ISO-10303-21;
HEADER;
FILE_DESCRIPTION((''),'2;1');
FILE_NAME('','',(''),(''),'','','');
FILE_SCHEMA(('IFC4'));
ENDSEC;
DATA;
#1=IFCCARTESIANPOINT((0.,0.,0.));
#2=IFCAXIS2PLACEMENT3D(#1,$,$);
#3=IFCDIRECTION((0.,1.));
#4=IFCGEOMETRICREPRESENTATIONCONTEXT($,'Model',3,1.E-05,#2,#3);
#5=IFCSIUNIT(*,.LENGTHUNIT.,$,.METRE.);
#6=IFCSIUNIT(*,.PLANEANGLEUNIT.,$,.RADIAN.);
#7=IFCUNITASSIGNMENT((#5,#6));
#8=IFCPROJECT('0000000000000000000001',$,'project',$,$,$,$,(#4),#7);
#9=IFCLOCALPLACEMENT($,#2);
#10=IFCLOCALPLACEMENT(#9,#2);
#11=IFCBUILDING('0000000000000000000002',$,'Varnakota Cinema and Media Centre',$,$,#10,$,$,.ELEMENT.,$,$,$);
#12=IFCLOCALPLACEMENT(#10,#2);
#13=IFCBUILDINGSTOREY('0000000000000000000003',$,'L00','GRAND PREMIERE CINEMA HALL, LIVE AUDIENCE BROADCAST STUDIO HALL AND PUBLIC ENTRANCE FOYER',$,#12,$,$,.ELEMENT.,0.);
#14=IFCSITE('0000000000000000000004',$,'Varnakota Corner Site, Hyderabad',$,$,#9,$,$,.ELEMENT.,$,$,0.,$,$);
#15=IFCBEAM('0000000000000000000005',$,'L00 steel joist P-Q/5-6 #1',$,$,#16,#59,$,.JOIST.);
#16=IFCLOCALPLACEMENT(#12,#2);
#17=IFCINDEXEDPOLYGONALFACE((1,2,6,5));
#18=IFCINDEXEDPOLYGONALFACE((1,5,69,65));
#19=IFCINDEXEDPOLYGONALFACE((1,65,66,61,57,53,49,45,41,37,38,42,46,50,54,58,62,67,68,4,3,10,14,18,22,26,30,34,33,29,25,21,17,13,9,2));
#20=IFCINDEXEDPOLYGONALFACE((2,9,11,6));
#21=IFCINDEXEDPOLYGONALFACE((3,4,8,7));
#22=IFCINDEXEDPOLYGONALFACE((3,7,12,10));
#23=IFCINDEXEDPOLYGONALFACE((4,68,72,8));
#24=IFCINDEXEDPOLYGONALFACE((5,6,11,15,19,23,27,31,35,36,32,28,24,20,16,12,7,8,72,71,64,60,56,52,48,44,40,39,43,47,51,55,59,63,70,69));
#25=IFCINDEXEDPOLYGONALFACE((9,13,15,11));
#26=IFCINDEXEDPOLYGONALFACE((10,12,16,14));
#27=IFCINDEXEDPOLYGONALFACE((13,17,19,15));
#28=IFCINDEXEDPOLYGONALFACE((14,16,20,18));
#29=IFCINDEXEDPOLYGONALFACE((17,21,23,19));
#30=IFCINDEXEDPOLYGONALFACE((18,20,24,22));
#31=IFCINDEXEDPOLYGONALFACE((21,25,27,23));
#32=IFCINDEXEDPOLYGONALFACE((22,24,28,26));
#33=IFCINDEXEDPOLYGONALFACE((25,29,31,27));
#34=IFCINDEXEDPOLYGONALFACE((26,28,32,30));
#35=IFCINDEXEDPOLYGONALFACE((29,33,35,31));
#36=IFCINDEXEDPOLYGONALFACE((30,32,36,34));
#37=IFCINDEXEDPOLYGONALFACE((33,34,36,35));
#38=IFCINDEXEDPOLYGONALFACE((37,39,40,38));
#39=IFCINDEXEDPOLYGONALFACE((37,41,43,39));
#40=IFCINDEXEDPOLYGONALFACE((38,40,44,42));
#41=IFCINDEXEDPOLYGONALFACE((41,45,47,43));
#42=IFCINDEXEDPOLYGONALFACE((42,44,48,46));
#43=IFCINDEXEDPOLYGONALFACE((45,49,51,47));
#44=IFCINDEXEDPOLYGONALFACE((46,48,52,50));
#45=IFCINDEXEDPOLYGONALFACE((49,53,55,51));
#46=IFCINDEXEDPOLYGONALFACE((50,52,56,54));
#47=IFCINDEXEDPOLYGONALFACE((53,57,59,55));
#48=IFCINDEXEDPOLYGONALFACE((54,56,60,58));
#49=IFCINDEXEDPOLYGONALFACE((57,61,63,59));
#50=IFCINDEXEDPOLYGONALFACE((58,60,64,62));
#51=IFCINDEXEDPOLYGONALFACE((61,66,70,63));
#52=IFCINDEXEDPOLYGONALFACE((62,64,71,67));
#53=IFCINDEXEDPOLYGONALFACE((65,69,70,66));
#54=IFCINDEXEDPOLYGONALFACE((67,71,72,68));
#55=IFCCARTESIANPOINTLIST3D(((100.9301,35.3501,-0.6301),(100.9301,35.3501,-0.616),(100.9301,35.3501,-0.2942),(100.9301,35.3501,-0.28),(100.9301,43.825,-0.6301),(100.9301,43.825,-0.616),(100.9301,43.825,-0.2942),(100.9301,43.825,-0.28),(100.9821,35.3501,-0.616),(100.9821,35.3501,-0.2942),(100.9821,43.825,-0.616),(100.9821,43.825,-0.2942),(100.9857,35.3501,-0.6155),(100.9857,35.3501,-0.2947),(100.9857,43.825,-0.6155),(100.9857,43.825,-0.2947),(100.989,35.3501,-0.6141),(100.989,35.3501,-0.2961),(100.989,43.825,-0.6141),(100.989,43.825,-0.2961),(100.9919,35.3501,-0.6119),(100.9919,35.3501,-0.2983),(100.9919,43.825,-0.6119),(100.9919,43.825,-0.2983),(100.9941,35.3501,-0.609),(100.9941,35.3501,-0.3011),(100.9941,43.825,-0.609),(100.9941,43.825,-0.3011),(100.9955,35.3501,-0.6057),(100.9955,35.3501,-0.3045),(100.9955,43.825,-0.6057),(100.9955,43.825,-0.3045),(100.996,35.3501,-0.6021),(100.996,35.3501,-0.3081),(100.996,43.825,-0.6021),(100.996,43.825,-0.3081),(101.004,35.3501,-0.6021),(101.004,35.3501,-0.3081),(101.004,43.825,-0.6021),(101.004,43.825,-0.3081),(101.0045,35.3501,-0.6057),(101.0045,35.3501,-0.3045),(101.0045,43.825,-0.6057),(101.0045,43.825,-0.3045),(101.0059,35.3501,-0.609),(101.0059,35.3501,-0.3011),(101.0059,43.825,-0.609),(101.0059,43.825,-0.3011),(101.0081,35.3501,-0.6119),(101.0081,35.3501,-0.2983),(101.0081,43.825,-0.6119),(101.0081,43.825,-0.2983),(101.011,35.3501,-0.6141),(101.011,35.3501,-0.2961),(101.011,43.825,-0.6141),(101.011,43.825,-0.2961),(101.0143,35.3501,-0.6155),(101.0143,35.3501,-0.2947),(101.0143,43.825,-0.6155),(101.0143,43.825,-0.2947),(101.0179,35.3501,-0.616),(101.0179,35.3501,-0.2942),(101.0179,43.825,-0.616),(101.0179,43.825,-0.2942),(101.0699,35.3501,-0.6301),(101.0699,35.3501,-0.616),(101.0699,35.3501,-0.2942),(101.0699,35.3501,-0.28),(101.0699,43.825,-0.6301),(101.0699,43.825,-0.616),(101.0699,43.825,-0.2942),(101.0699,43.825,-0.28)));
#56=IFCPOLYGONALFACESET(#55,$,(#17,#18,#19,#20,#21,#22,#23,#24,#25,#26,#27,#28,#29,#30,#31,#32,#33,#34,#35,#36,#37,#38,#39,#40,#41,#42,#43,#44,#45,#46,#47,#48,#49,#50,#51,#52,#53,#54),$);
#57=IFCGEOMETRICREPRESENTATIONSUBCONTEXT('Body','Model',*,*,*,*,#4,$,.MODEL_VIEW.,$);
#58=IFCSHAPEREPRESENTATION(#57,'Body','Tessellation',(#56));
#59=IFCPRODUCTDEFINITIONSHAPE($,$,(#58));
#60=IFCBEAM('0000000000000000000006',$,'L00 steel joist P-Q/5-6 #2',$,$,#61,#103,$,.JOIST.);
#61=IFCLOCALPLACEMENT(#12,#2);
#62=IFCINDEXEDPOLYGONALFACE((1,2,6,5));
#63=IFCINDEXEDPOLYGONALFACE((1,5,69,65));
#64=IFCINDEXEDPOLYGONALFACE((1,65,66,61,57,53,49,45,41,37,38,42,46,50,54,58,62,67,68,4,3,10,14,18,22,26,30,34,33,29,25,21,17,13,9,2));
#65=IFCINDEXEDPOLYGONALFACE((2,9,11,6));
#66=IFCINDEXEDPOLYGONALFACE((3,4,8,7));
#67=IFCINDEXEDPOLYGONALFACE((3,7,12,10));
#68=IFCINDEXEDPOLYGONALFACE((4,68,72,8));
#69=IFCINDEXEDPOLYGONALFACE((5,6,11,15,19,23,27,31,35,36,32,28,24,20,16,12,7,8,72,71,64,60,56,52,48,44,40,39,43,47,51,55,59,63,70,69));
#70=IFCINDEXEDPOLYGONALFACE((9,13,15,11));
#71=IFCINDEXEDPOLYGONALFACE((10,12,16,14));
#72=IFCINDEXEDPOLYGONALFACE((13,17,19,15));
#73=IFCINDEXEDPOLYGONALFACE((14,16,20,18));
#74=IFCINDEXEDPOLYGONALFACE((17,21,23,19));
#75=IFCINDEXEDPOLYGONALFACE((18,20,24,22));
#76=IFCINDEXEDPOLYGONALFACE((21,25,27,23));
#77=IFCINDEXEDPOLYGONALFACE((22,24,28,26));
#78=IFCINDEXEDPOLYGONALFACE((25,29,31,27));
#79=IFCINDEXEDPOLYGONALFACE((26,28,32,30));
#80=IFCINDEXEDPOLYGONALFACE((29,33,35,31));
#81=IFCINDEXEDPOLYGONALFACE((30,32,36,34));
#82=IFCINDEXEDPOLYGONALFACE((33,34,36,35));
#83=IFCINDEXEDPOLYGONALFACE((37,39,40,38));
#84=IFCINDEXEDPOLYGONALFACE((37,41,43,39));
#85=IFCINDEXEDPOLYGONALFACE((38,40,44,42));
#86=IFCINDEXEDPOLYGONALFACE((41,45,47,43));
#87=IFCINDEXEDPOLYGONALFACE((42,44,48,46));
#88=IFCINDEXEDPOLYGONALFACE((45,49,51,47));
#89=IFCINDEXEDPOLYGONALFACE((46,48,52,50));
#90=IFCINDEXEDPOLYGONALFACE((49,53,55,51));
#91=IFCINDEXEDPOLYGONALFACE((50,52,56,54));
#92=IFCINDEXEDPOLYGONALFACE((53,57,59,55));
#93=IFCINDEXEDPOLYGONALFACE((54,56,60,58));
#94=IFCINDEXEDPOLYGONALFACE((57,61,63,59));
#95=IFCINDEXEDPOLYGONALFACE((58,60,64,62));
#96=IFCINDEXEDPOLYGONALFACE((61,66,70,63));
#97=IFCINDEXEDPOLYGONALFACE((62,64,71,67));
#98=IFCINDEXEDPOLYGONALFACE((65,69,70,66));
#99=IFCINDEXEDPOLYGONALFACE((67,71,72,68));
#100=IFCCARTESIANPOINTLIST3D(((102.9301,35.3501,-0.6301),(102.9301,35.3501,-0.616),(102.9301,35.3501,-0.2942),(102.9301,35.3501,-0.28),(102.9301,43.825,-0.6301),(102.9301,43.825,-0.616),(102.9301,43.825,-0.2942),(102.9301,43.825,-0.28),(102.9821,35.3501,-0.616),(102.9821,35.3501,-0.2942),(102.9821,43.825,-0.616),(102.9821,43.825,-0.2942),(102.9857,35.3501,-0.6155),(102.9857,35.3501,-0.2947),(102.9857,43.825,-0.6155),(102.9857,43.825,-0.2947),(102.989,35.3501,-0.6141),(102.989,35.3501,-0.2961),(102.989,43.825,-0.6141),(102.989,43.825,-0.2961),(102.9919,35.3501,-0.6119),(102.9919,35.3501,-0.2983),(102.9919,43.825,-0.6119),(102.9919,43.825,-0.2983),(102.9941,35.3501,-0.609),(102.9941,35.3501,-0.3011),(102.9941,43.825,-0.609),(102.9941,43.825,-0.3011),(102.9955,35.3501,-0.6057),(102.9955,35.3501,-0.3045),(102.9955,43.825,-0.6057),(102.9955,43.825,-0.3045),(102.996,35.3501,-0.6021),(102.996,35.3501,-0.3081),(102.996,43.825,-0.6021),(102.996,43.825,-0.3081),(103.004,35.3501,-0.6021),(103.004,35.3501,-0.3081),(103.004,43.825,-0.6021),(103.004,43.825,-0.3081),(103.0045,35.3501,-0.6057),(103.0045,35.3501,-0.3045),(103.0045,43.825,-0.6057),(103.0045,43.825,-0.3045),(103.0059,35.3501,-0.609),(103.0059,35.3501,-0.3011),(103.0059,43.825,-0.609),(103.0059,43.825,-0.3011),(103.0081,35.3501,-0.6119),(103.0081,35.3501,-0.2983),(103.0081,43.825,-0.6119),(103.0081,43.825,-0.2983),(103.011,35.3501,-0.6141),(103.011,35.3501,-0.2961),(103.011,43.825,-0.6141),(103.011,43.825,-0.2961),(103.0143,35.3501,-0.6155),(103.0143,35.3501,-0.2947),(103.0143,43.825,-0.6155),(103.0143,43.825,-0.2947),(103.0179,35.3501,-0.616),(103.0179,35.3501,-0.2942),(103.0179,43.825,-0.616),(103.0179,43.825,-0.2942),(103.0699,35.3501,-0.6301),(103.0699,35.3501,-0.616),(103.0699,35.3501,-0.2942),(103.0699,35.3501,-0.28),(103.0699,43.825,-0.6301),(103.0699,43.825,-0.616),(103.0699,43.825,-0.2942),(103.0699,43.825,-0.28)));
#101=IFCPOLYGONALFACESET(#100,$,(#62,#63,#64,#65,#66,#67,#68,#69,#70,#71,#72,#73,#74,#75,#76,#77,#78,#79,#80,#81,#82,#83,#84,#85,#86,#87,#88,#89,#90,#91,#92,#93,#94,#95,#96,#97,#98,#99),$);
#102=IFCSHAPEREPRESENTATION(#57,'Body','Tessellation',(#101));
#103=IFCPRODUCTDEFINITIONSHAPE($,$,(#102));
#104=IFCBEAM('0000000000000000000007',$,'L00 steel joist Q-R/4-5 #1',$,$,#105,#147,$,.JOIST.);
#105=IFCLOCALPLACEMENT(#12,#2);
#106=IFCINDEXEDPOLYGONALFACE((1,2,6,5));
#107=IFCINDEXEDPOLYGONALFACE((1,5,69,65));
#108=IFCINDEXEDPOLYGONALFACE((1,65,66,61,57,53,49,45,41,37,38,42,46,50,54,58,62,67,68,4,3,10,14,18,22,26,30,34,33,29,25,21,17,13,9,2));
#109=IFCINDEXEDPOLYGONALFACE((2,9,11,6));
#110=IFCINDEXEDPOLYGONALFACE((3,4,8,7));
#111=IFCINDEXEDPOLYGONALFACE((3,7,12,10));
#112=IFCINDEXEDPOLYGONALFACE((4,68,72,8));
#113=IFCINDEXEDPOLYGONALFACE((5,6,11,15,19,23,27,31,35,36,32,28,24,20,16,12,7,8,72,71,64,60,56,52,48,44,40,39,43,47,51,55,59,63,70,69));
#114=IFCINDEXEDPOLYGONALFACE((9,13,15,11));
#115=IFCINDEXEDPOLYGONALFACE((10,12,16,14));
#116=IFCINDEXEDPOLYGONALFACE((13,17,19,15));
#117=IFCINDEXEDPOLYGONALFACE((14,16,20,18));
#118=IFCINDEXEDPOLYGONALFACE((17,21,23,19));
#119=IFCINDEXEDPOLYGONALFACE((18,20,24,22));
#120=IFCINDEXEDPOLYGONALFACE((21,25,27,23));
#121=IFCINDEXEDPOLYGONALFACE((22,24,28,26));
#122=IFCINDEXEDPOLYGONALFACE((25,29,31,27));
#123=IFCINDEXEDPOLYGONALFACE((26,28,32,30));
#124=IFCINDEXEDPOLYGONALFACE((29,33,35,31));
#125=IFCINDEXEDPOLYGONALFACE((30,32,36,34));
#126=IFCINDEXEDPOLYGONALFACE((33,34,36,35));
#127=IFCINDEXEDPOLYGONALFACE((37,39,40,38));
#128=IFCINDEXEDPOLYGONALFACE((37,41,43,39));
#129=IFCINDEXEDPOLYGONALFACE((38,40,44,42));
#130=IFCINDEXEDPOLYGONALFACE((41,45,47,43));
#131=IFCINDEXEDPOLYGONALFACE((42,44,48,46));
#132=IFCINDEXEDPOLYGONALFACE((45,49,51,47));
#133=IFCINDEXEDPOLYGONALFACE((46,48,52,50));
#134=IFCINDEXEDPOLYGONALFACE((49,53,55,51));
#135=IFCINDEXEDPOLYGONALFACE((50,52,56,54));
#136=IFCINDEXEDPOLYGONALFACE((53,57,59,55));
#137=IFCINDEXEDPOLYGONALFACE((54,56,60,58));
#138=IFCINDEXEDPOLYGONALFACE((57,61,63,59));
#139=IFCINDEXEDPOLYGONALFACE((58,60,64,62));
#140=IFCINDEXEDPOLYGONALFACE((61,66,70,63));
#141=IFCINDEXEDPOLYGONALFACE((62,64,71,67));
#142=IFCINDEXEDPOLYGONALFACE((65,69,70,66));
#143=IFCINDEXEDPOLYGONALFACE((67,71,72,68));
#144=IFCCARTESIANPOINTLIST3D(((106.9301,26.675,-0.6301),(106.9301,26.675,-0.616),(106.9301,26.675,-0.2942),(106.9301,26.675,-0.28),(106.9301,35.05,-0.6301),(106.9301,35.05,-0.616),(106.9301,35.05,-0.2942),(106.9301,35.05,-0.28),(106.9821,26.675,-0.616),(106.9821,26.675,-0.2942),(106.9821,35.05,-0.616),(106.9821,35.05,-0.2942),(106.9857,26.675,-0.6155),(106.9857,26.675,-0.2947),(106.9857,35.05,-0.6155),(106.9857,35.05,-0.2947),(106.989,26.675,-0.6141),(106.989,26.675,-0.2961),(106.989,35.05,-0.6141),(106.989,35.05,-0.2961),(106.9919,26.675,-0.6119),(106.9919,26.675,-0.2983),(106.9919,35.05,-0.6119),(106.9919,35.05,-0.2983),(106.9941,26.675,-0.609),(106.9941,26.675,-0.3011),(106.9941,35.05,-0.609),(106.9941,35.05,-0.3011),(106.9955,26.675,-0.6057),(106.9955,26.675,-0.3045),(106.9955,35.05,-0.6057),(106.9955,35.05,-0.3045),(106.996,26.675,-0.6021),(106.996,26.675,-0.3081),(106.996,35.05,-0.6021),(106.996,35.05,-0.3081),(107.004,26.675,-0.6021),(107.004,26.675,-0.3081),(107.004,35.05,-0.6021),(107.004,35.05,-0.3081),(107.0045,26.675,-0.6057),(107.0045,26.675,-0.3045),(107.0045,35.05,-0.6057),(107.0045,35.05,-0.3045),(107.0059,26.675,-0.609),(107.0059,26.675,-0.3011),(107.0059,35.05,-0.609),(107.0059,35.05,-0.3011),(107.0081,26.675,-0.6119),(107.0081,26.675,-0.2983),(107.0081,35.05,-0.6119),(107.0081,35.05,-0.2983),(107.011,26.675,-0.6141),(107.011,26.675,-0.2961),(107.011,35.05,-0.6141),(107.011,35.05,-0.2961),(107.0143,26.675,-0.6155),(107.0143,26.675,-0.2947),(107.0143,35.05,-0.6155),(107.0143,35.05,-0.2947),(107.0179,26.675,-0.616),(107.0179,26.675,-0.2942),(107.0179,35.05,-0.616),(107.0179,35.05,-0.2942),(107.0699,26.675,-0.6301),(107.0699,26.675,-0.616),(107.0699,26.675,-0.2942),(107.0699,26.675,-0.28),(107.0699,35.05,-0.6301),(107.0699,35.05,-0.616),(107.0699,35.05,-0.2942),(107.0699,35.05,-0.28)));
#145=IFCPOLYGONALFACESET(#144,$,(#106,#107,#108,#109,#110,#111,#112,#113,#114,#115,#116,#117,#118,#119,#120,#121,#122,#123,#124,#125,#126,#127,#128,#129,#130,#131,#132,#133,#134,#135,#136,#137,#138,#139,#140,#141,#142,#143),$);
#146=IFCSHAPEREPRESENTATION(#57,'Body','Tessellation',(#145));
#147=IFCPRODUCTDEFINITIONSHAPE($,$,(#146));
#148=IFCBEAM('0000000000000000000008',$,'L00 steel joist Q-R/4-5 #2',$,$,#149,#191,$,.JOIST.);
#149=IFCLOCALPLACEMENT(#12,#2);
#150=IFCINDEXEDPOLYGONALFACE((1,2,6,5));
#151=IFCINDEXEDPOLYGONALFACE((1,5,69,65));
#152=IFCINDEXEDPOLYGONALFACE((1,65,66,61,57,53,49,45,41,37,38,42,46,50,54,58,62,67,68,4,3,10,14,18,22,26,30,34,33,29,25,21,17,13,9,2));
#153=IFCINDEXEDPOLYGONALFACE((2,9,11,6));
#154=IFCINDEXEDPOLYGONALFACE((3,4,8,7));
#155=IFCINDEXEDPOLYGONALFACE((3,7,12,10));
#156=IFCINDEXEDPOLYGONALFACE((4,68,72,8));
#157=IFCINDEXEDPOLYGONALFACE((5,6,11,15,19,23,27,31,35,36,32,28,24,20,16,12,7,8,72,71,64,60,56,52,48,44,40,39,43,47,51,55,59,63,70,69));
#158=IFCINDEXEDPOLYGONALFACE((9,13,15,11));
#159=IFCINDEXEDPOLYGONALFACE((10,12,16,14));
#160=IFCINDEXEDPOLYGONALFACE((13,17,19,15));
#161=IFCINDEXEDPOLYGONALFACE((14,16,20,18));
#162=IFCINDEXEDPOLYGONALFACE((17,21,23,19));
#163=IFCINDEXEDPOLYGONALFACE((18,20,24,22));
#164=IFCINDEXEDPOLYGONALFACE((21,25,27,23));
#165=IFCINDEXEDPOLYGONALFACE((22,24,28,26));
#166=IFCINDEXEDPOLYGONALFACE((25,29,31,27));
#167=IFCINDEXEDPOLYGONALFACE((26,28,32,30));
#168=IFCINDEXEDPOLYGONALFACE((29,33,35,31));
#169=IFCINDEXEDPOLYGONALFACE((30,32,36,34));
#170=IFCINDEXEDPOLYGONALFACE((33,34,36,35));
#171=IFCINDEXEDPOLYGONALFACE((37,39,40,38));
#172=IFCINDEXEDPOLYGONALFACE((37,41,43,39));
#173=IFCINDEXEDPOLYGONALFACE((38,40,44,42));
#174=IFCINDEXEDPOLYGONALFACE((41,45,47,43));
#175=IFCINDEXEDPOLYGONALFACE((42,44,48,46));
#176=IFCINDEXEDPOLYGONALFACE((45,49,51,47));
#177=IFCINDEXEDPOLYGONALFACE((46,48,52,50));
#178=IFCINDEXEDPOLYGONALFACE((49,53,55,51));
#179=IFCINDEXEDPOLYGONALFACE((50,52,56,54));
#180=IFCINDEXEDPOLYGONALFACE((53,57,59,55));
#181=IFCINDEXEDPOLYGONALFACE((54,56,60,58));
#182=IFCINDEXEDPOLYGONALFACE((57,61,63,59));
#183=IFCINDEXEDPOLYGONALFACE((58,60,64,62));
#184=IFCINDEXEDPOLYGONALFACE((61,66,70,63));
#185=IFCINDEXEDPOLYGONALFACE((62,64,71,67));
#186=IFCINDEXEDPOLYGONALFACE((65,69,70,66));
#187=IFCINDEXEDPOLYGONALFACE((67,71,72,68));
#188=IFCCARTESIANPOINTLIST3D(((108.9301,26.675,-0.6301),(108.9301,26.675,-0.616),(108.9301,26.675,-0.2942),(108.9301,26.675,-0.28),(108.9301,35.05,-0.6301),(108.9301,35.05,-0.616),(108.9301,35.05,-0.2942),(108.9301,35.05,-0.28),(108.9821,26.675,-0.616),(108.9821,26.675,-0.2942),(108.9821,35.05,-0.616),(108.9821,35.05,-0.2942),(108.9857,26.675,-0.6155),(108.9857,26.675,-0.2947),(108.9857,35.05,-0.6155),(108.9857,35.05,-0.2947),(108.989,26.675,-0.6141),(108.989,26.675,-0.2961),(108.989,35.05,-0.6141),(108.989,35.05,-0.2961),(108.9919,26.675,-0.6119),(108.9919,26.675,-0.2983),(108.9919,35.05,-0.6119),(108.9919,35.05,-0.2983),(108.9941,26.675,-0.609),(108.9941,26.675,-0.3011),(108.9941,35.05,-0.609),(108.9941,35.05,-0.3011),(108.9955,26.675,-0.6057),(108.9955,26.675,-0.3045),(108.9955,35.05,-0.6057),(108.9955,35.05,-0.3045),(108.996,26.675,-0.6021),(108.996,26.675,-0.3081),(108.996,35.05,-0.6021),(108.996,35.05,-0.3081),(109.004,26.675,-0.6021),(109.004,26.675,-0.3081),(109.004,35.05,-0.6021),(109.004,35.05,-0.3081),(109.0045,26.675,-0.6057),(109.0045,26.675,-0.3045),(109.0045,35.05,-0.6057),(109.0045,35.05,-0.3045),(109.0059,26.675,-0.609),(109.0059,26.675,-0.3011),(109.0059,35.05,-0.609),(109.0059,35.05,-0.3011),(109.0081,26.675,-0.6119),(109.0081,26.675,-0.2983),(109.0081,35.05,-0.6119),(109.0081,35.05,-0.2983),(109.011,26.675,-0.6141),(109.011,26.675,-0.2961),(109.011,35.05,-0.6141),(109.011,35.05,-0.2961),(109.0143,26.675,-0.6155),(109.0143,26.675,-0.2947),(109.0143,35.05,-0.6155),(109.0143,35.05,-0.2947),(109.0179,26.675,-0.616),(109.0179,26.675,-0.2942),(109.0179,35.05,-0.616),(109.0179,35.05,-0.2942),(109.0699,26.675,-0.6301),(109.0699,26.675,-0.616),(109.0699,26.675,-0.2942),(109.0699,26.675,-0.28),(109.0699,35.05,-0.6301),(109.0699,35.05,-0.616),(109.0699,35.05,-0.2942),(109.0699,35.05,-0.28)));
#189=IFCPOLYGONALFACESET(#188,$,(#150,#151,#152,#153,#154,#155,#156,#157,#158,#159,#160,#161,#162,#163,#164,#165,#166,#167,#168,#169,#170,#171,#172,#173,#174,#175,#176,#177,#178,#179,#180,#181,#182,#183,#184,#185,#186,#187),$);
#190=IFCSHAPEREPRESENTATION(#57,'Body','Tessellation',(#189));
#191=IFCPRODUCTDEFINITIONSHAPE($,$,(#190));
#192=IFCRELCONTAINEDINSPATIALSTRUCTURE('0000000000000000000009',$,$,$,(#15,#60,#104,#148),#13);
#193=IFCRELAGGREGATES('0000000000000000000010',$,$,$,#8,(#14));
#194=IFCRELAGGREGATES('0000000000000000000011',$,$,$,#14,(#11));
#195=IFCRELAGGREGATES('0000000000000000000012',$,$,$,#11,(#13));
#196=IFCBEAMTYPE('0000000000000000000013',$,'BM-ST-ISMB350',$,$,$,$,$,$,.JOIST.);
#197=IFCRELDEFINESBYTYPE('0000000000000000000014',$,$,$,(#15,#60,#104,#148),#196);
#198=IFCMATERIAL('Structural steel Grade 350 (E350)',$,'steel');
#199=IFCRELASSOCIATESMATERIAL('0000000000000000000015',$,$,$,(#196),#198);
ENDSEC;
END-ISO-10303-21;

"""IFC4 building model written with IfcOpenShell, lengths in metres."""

from ifc_helpers import new_model, si_unit, direction, frame, origin, origin_2d, place, context, subcontext, project, spatial, i_section, extrude, material, material_profile, profile_set, type_object, element, save


model = new_model("IFC4")

# Units and contexts
model_context = context("Model", 3, precision=1e-05, world=origin(), true_north=direction((0.0, 1.0)))
body_context = subcontext(model_context, "Body", "Model", "MODEL_VIEW")
ifc_project = project(units=[si_unit("LENGTHUNIT", "METRE"), si_unit("PLANEANGLEUNIT", "RADIAN")], contexts=[model_context])

# Site, building, storey
site_placement = place(None, origin())
site = spatial("IfcSite", under=ifc_project, at=site_placement, Name="Varnakota Corner Site, Hyderabad", CompositionType="ELEMENT", RefElevation=0.0)
building_placement = place(site_placement, origin())
building = spatial("IfcBuilding", under=site, at=building_placement, Name="Varnakota Cinema and Media Centre", CompositionType="ELEMENT")
storey_placement = place(building_placement, origin())
storey = spatial("IfcBuildingStorey", under=building, at=storey_placement, Name="L00", Description="GRAND PREMIERE CINEMA HALL, LIVE AUDIENCE BROADCAST STUDIO HALL AND PUBLIC ENTRANCE FOYER", CompositionType="ELEMENT", Elevation=0.0)

# Beams
ifc_material_1 = material(Name="Structural steel Grade 350 (E350)", Category="steel")
ifc_material_profile_1 = material_profile(ifc_material_1, i_section(OverallWidth=0.1399, OverallDepth=0.3501, WebThickness=0.0081, FlangeThickness=0.0142, FilletRadius=0.0139, at=origin_2d()), Name="ISMB 350")
ifc_profile_set_1 = profile_set([ifc_material_profile_1], Name="Structural steel Grade 350 (E350)")
beam_type_1 = type_object("IfcBeamType", Name="BM-ST-ISMB350", PredefinedType="JOIST", material=ifc_profile_set_1)
for number, where, z_axis, x_axis, name in (
    (1, (101.0, 35.3501, -0.4551), (0.0, 1.0, 0.0), (-1.0, 0.0, 0.0), "L00 steel joist P-Q/5-6 #1"),
    (2, (103.0, 35.3501, -0.4551), (0.0, 1.0, 0.0), (-1.0, 0.0, 0.0), "L00 steel joist P-Q/5-6 #2"),
):
    element("IfcBeam", number, at=place(storey_placement, frame(where, z_axis=z_axis, x_axis=x_axis)), inside=storey, type_object=beam_type_1, Name=name, PredefinedType="JOIST", context=body_context, shape_type="SweptSolid", body=[
        extrude(i_section(OverallWidth=0.1399, OverallDepth=0.3501, WebThickness=0.0081, FlangeThickness=0.0142, FilletRadius=0.0139, at=origin_2d()), origin(), (0.0, 0.0, 1.0), 8.4749),
    ])
for number, where, z_axis, x_axis, name in (
    (3, (107.0, 26.675, -0.4551), (0.0, 1.0, 0.0), (-1.0, 0.0, 0.0), "L00 steel joist Q-R/4-5 #1"),
    (4, (109.0, 26.675, -0.4551), (0.0, 1.0, 0.0), (-1.0, 0.0, 0.0), "L00 steel joist Q-R/4-5 #2"),
):
    element("IfcBeam", number, at=place(storey_placement, frame(where, z_axis=z_axis, x_axis=x_axis)), inside=storey, type_object=beam_type_1, Name=name, PredefinedType="JOIST", context=body_context, shape_type="SweptSolid", body=[
        extrude(i_section(OverallWidth=0.1399, OverallDepth=0.3501, WebThickness=0.0081, FlangeThickness=0.0142, FilletRadius=0.0139, at=origin_2d()), origin(), (0.0, 0.0, 1.0), 8.375),
    ])

save(model, "model.ifc")
